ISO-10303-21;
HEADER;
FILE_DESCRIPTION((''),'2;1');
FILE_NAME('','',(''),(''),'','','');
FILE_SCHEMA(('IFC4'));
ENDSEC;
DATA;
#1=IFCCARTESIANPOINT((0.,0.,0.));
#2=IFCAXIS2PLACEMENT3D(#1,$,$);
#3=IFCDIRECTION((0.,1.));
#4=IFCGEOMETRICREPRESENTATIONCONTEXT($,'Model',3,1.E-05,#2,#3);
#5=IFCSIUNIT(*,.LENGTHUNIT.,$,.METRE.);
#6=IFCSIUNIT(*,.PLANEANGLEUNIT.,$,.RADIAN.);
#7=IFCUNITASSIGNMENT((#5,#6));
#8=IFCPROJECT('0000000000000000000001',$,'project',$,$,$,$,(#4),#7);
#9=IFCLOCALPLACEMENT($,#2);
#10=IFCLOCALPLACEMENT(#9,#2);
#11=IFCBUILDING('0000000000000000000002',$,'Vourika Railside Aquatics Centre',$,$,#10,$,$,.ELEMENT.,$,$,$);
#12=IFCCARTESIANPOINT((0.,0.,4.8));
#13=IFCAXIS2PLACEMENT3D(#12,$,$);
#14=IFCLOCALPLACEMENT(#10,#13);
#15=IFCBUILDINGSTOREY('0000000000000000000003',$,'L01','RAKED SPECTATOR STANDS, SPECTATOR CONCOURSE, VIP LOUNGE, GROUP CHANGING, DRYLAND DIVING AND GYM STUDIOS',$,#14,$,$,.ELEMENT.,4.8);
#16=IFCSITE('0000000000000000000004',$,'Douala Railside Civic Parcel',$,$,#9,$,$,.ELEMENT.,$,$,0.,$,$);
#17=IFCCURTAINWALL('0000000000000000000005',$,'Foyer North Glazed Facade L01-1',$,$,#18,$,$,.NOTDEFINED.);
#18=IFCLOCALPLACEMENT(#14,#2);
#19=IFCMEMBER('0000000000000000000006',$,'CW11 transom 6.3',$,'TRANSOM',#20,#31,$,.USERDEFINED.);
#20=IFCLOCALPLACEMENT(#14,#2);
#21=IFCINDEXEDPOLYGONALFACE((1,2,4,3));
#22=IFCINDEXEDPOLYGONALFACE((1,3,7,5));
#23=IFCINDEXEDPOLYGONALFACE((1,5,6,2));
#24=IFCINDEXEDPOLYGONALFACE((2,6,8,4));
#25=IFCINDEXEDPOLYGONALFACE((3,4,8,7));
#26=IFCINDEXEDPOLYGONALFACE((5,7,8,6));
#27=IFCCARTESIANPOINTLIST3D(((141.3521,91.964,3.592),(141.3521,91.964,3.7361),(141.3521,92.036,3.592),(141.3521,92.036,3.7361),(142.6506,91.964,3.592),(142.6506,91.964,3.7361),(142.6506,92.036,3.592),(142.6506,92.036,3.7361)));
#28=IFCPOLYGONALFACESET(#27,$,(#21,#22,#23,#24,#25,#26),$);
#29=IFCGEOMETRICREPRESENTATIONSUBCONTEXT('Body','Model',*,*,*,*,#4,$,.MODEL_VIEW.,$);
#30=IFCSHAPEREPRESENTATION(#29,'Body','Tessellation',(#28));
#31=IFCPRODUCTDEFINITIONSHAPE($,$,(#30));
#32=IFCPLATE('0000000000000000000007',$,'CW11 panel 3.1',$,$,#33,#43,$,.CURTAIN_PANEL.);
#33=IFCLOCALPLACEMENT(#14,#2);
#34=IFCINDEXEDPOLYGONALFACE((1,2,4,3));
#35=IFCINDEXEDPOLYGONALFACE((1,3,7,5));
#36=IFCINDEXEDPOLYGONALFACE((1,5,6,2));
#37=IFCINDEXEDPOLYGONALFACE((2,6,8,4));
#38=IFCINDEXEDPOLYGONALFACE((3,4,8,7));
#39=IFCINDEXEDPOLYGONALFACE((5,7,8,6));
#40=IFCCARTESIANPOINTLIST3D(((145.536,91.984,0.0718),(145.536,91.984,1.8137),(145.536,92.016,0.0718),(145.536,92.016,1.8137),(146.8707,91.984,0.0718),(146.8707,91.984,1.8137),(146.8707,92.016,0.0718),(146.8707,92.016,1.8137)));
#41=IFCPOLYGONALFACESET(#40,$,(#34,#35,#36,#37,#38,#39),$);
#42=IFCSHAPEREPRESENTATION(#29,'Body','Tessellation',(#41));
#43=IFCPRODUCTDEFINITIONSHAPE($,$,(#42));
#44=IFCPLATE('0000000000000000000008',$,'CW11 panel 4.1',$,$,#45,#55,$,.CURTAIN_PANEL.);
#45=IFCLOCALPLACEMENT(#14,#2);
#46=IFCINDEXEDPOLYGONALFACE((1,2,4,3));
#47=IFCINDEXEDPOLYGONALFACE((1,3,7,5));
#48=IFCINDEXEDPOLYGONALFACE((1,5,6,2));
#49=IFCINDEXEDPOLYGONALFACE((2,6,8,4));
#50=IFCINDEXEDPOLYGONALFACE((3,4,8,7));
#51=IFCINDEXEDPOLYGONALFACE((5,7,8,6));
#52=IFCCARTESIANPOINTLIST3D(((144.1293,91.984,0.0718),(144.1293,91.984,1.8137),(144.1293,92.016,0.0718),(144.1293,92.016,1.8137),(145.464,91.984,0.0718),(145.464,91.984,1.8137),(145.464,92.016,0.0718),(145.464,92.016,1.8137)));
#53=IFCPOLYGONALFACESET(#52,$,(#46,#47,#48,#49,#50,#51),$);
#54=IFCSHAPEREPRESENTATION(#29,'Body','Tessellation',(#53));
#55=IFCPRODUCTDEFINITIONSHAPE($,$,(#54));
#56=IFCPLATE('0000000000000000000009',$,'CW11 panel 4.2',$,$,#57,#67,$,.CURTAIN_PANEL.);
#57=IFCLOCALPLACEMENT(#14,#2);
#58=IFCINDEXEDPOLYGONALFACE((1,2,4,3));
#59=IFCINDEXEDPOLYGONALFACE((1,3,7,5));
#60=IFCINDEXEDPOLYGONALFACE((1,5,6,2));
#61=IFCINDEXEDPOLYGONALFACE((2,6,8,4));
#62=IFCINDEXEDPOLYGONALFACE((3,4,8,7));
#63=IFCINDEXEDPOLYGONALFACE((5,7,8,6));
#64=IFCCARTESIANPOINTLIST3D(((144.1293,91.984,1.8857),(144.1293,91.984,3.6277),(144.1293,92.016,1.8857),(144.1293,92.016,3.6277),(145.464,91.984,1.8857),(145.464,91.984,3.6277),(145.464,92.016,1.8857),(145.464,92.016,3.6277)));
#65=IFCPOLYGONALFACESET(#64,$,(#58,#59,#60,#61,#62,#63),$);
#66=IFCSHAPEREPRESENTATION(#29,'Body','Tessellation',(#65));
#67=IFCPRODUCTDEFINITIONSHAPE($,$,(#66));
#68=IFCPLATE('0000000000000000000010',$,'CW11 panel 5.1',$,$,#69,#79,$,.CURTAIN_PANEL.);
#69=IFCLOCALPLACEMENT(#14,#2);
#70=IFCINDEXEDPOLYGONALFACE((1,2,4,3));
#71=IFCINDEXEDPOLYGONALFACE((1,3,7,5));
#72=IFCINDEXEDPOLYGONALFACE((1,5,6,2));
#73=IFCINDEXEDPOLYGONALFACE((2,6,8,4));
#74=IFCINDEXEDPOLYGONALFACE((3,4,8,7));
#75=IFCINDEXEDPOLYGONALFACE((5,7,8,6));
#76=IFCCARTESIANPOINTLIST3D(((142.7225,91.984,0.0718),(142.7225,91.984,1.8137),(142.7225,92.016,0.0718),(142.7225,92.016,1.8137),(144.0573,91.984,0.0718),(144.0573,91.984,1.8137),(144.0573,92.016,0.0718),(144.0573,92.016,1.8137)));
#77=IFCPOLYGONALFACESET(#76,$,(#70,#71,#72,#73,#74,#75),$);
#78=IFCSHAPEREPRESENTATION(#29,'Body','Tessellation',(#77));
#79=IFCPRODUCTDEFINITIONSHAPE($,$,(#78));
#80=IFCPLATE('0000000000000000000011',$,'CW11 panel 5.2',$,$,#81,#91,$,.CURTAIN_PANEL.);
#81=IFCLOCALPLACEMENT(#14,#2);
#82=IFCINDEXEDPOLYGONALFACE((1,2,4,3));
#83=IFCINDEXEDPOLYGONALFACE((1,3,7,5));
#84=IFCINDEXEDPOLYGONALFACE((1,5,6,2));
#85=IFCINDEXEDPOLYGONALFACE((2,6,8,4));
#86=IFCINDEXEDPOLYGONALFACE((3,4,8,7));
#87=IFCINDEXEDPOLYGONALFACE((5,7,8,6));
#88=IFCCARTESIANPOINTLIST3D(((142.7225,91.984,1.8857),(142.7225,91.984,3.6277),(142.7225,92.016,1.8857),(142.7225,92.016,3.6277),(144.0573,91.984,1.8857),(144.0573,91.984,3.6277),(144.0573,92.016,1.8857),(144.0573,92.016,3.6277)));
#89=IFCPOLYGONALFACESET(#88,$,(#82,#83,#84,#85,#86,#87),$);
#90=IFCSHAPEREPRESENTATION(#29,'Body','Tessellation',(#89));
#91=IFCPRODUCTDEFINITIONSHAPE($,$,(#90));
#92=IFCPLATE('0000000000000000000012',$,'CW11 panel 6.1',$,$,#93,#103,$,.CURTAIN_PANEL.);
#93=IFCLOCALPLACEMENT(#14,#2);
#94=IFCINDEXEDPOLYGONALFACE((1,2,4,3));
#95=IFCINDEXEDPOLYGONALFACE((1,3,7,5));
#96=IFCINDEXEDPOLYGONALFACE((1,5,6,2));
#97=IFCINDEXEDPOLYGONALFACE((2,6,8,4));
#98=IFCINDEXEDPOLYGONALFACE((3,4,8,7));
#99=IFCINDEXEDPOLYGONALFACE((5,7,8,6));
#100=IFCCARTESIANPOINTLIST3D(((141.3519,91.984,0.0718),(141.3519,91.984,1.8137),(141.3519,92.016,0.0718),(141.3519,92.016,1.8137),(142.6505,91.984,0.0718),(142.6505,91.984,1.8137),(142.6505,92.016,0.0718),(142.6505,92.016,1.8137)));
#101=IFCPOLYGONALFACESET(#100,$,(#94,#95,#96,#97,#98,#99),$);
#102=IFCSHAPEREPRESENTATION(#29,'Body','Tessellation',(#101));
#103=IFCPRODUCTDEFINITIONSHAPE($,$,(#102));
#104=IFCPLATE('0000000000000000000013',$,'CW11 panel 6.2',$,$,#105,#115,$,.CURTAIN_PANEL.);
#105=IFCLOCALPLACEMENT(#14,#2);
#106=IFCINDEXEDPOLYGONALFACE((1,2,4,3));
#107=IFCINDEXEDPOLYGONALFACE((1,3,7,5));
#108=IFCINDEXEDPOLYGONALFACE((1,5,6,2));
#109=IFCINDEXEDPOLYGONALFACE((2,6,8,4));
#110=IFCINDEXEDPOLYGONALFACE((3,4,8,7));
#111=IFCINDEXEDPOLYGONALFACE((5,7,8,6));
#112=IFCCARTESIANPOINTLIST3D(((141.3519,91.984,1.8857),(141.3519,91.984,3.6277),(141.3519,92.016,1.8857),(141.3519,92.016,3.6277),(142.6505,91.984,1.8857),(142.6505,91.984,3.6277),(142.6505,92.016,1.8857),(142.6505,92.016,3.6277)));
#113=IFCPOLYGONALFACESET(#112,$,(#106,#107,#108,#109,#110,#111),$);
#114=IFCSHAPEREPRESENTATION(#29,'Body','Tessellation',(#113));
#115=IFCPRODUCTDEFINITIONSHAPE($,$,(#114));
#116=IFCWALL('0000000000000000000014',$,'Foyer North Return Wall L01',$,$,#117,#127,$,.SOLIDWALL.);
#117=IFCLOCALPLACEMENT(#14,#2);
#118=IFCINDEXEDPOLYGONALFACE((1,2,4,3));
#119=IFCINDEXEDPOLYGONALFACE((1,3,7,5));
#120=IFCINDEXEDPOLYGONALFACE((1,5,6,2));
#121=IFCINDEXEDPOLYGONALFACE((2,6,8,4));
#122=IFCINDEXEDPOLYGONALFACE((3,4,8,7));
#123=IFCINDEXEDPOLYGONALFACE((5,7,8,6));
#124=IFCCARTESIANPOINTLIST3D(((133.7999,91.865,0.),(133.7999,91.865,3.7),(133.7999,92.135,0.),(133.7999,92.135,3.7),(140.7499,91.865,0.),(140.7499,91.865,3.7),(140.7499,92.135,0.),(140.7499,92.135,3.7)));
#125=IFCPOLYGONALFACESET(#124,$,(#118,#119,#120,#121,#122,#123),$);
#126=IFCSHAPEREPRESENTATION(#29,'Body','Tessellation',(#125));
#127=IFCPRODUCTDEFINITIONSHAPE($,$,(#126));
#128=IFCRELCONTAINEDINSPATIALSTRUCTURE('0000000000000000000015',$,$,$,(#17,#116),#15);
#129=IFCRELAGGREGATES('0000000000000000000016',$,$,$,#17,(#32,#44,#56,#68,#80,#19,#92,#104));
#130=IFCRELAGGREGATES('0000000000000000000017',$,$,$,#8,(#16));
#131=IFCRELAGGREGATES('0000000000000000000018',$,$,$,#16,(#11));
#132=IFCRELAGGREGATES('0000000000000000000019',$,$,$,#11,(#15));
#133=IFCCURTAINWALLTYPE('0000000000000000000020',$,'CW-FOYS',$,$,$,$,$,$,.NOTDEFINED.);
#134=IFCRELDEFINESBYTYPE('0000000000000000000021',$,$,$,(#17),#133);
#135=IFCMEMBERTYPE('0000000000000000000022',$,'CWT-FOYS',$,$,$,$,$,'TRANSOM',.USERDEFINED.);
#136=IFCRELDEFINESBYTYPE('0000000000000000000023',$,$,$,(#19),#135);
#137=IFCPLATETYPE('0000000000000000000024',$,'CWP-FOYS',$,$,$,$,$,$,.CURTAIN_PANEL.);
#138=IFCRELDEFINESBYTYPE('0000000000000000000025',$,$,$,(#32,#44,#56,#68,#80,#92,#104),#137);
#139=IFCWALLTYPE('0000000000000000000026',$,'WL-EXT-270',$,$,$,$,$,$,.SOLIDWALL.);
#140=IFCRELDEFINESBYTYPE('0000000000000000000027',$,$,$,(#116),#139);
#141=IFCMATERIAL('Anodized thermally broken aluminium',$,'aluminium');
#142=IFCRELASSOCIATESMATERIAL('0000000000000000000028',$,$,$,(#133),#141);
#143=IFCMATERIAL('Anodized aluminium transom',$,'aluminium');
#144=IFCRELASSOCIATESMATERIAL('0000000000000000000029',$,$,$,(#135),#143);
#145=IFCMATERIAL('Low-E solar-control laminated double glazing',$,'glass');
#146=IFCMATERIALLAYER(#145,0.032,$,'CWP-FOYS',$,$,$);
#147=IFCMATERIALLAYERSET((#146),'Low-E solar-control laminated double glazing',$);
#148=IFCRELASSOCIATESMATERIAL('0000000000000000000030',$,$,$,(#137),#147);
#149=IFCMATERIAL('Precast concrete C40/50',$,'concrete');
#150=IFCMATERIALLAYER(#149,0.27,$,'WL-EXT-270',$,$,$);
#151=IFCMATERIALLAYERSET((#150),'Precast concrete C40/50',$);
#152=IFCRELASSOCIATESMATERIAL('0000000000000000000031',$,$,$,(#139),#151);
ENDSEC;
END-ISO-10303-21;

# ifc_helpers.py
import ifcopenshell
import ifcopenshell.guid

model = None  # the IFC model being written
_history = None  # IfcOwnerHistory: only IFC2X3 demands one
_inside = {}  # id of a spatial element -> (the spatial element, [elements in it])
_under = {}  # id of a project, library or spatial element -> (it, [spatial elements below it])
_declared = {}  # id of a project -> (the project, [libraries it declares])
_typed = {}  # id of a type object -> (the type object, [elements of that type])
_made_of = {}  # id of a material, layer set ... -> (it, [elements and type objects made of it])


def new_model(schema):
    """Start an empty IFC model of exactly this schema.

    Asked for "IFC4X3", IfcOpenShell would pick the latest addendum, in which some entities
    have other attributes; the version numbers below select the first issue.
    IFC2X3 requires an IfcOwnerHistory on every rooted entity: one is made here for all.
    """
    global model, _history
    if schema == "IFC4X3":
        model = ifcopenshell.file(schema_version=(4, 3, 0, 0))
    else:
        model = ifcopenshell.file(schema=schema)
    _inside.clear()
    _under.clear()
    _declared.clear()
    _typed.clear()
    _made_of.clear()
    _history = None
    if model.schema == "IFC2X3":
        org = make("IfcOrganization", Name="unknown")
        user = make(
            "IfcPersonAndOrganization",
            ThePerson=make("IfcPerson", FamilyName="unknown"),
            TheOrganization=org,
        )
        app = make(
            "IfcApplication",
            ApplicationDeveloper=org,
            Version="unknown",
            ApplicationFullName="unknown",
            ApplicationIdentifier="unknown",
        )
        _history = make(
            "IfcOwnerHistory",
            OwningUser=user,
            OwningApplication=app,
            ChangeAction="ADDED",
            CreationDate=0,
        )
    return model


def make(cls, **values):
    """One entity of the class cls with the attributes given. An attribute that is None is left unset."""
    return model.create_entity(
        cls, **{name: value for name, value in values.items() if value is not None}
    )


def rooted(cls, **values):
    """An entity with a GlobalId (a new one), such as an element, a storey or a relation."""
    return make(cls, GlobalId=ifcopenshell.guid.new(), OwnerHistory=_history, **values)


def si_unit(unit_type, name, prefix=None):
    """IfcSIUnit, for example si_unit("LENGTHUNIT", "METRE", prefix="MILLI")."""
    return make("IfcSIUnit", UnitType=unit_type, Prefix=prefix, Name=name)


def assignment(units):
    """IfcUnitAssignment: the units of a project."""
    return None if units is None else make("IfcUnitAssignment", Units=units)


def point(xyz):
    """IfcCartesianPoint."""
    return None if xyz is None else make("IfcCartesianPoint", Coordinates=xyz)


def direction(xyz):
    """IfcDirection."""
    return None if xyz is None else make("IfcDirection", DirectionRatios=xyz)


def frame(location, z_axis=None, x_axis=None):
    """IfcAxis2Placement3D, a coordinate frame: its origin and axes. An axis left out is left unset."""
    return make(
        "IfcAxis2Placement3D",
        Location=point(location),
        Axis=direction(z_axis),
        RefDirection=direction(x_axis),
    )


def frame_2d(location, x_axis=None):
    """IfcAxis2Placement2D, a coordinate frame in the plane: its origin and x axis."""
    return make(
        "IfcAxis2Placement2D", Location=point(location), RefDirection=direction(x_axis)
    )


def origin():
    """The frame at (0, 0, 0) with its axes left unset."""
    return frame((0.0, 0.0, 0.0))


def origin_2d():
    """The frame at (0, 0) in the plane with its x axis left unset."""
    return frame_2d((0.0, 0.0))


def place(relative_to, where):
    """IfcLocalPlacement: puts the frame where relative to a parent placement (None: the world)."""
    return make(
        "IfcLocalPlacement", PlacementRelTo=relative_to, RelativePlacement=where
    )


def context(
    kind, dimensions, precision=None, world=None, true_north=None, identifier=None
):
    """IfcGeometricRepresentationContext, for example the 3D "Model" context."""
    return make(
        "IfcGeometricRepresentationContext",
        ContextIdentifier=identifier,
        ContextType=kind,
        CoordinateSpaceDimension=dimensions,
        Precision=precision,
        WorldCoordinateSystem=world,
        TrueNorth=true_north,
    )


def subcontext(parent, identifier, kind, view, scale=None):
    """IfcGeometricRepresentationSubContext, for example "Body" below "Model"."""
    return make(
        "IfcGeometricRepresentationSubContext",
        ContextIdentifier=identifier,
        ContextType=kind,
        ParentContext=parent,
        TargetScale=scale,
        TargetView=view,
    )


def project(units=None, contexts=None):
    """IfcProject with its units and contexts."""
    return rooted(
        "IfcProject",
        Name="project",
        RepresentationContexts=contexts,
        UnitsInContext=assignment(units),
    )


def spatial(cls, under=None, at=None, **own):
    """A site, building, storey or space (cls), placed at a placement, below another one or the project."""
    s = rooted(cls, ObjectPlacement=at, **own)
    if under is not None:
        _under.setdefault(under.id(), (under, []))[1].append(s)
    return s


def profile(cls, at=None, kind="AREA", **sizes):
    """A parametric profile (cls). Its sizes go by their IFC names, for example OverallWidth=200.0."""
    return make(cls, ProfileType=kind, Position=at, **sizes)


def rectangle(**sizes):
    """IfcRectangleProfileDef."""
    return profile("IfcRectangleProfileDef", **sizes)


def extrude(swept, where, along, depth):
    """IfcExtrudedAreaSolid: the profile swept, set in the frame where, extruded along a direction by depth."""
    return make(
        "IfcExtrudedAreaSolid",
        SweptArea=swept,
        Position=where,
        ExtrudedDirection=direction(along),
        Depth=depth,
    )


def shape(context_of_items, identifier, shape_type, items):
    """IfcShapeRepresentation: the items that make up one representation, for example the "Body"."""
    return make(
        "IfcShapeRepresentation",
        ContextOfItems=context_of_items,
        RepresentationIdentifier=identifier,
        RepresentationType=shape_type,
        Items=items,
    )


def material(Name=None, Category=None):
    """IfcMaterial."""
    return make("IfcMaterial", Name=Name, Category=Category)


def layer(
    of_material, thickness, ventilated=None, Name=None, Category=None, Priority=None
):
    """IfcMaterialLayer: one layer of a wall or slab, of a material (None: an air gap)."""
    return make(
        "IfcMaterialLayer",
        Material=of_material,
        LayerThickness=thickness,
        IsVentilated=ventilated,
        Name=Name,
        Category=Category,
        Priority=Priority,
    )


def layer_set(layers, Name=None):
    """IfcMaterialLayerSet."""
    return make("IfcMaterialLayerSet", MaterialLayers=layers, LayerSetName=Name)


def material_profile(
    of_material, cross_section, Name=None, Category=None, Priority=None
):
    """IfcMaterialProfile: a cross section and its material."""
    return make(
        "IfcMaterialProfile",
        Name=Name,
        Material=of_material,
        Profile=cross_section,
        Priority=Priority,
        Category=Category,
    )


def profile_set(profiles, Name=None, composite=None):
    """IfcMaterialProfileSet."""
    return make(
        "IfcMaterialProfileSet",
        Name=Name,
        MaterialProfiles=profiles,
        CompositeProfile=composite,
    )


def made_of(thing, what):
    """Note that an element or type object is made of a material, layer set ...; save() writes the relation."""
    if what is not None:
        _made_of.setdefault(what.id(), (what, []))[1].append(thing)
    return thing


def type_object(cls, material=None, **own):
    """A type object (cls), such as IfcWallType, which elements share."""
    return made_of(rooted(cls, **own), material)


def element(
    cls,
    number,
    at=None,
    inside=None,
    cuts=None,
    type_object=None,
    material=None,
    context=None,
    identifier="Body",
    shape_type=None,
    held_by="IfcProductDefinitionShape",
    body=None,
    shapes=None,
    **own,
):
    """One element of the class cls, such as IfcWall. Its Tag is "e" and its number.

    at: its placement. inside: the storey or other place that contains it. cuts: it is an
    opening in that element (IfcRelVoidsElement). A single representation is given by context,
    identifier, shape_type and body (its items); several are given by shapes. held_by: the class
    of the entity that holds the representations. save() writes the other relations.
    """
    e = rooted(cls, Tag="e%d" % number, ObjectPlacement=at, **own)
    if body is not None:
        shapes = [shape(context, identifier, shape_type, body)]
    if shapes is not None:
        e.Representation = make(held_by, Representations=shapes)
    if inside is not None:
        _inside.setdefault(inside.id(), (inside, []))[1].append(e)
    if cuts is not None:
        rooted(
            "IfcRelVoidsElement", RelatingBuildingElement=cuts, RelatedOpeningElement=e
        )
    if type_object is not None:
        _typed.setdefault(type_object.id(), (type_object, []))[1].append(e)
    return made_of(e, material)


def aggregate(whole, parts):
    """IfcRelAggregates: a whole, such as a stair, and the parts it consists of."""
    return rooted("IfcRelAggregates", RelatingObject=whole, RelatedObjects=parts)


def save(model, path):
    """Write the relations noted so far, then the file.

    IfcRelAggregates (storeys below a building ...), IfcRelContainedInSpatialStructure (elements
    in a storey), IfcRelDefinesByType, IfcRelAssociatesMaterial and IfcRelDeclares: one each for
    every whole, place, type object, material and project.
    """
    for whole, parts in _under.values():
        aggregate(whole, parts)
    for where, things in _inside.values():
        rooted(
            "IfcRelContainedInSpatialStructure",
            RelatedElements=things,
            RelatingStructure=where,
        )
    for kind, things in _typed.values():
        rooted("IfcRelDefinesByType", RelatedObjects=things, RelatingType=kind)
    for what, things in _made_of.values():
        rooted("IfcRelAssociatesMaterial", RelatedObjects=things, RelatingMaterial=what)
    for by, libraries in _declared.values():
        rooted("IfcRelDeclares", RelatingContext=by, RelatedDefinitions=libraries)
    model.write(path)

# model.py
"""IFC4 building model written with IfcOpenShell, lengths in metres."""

from ifc_helpers import new_model, si_unit, direction, frame, frame_2d, origin, origin_2d, place, context, subcontext, project, spatial, rectangle, extrude, material, layer, layer_set, material_profile, profile_set, type_object, element, aggregate, save


model = new_model("IFC4")

# Units and contexts
model_context = context("Model", 3, precision=1e-05, world=origin(), true_north=direction((0.0, 1.0)))
body_context = subcontext(model_context, "Body", "Model", "MODEL_VIEW")
ifc_project = project(units=[si_unit("LENGTHUNIT", "METRE"), si_unit("PLANEANGLEUNIT", "RADIAN")], contexts=[model_context])

# Site, building, storey
site_placement = place(None, origin())
site = spatial("IfcSite", under=ifc_project, at=site_placement, Name="Douala Railside Civic Parcel", CompositionType="ELEMENT", RefElevation=0.0)
building_placement = place(site_placement, origin())
building = spatial("IfcBuilding", under=site, at=building_placement, Name="Vourika Railside Aquatics Centre", CompositionType="ELEMENT")
storey_placement = place(building_placement, frame((0.0, 0.0, 4.8)))
storey = spatial("IfcBuildingStorey", under=building, at=storey_placement, Name="L01", Description="RAKED SPECTATOR STANDS, SPECTATOR CONCOURSE, VIP LOUNGE, GROUP CHANGING, DRYLAND DIVING AND GYM STUDIOS", CompositionType="ELEMENT", Elevation=4.8)

# Curtain wall, member, plates
ifc_material_1 = material(Name="Anodized thermally broken aluminium", Category="aluminium")
curtain_wall_type = type_object("IfcCurtainWallType", Name="CW-FOYS", PredefinedType="NOTDEFINED", material=ifc_material_1)
curtain_wall_placement = place(storey_placement, origin())
curtain_wall = element("IfcCurtainWall", 1, at=curtain_wall_placement, inside=storey, type_object=curtain_wall_type, Name="Foyer North Glazed Facade L01-1", PredefinedType="NOTDEFINED")
ifc_material_2 = material(Name="Anodized aluminium transom", Category="aluminium")
ifc_material_profile_1 = material_profile(ifc_material_2, rectangle(XDim=0.072, YDim=0.144, at=origin_2d()), Name="ALU-T 72x144")
ifc_profile_set_1 = profile_set([ifc_material_profile_1], Name="Anodized aluminium transom")
member_type_1 = type_object("IfcMemberType", Name="CWT-FOYS", ElementType="TRANSOM", PredefinedType="USERDEFINED", material=ifc_profile_set_1)
member_1_placement = place(storey_placement, frame((142.6506, 92.0, 3.6641), z_axis=(-1.0, 0.0, 0.0), x_axis=(0.0, -1.0, 0.0)))
member_1 = element("IfcMember", 2, at=member_1_placement, type_object=member_type_1, Name="CW11 transom 6.3", ObjectType="TRANSOM", PredefinedType="USERDEFINED", context=body_context, shape_type="SweptSolid", body=[
    extrude(rectangle(XDim=0.072, YDim=0.144, at=origin_2d()), origin(), (0.0, 0.0, 1.0), 1.2986),
])
ifc_material_3 = material(Name="Low-E solar-control laminated double glazing", Category="glass")
ifc_layer_1 = layer(ifc_material_3, 0.032, Name="CWP-FOYS")
ifc_layer_set_1 = layer_set([ifc_layer_1], Name="Low-E solar-control laminated double glazing")
plate_type = type_object("IfcPlateType", Name="CWP-FOYS", PredefinedType="CURTAIN_PANEL", material=ifc_layer_set_1)
plate_1_placement = place(storey_placement, frame((146.2034, 92.0, 0.0718), z_axis=(0.0, 0.0, 1.0), x_axis=(-1.0, 0.0, 0.0)))
plate_1 = element("IfcPlate", 3, at=plate_1_placement, type_object=plate_type, Name="CW11 panel 3.1", PredefinedType="CURTAIN_PANEL", context=body_context, shape_type="SweptSolid", body=[
    extrude(rectangle(XDim=1.3347, YDim=0.032, at=origin_2d()), origin(), (0.0, 0.0, 1.0), 1.7419),
])
plate_2_placement = place(storey_placement, frame((144.7966, 92.0, 0.0718), z_axis=(0.0, 0.0, 1.0), x_axis=(-1.0, 0.0, 0.0)))
plate_2 = element("IfcPlate", 4, at=plate_2_placement, type_object=plate_type, Name="CW11 panel 4.1", PredefinedType="CURTAIN_PANEL", context=body_context, shape_type="SweptSolid", body=[
    extrude(rectangle(XDim=1.3347, YDim=0.032, at=origin_2d()), origin(), (0.0, 0.0, 1.0), 1.7419),
])
plate_3_placement = place(storey_placement, frame((144.7966, 92.0, 1.8857), z_axis=(0.0, 0.0, 1.0), x_axis=(-1.0, 0.0, 0.0)))
plate_3 = element("IfcPlate", 5, at=plate_3_placement, type_object=plate_type, Name="CW11 panel 4.2", PredefinedType="CURTAIN_PANEL", context=body_context, shape_type="SweptSolid", body=[
    extrude(rectangle(XDim=1.3347, YDim=0.032, at=origin_2d()), origin(), (0.0, 0.0, 1.0), 1.7419),
])
plate_4_placement = place(storey_placement, frame((143.3899, 92.0, 0.0718), z_axis=(0.0, 0.0, 1.0), x_axis=(-1.0, 0.0, 0.0)))
plate_4 = element("IfcPlate", 6, at=plate_4_placement, type_object=plate_type, Name="CW11 panel 5.1", PredefinedType="CURTAIN_PANEL", context=body_context, shape_type="SweptSolid", body=[
    extrude(rectangle(XDim=1.3347, YDim=0.032, at=origin_2d()), origin(), (0.0, 0.0, 1.0), 1.7419),
])
plate_5_placement = place(storey_placement, frame((143.3899, 92.0, 1.8857), z_axis=(0.0, 0.0, 1.0), x_axis=(-1.0, 0.0, 0.0)))
plate_5 = element("IfcPlate", 7, at=plate_5_placement, type_object=plate_type, Name="CW11 panel 5.2", PredefinedType="CURTAIN_PANEL", context=body_context, shape_type="SweptSolid", body=[
    extrude(rectangle(XDim=1.3347, YDim=0.032, at=origin_2d()), origin(), (0.0, 0.0, 1.0), 1.7419),
])
plate_6_placement = place(storey_placement, frame((142.0012, 92.0, 0.0718), z_axis=(0.0, 0.0, 1.0), x_axis=(-1.0, 0.0, 0.0)))
plate_6 = element("IfcPlate", 8, at=plate_6_placement, type_object=plate_type, Name="CW11 panel 6.1", PredefinedType="CURTAIN_PANEL", context=body_context, shape_type="SweptSolid", body=[
    extrude(rectangle(XDim=1.2986, YDim=0.032, at=origin_2d()), origin(), (0.0, 0.0, 1.0), 1.7419),
])
plate_7_placement = place(storey_placement, frame((142.0012, 92.0, 1.8857), z_axis=(0.0, 0.0, 1.0), x_axis=(-1.0, 0.0, 0.0)))
plate_7 = element("IfcPlate", 9, at=plate_7_placement, type_object=plate_type, Name="CW11 panel 6.2", PredefinedType="CURTAIN_PANEL", context=body_context, shape_type="SweptSolid", body=[
    extrude(rectangle(XDim=1.2986, YDim=0.032, at=origin_2d()), origin(), (0.0, 0.0, 1.0), 1.7419),
])
aggregate(curtain_wall, [plate_1, plate_2, plate_3, plate_4, plate_5, member_1, plate_6, plate_7])

# Wall
ifc_material_4 = material(Name="Precast concrete C40/50", Category="concrete")
ifc_layer_2 = layer(ifc_material_4, 0.27, Name="WL-EXT-270")
ifc_layer_set_2 = layer_set([ifc_layer_2], Name="Precast concrete C40/50")
wall_type = type_object("IfcWallType", Name="WL-EXT-270", PredefinedType="SOLIDWALL", material=ifc_layer_set_2)
wall_placement = place(storey_placement, frame((140.75, 92.0, 0.0), z_axis=(0.0, 0.0, 1.0), x_axis=(-1.0, 0.0, 0.0)))
element("IfcWall", 10, at=wall_placement, inside=storey, type_object=wall_type, Name="Foyer North Return Wall L01", PredefinedType="SOLIDWALL", context=body_context, shape_type="SweptSolid", body=[
    extrude(rectangle(XDim=6.95, YDim=0.27, at=frame_2d((3.4751, 0.0))), origin(), (0.0, 0.0, 1.0), 3.7),
])

save(model, "model.ifc")
